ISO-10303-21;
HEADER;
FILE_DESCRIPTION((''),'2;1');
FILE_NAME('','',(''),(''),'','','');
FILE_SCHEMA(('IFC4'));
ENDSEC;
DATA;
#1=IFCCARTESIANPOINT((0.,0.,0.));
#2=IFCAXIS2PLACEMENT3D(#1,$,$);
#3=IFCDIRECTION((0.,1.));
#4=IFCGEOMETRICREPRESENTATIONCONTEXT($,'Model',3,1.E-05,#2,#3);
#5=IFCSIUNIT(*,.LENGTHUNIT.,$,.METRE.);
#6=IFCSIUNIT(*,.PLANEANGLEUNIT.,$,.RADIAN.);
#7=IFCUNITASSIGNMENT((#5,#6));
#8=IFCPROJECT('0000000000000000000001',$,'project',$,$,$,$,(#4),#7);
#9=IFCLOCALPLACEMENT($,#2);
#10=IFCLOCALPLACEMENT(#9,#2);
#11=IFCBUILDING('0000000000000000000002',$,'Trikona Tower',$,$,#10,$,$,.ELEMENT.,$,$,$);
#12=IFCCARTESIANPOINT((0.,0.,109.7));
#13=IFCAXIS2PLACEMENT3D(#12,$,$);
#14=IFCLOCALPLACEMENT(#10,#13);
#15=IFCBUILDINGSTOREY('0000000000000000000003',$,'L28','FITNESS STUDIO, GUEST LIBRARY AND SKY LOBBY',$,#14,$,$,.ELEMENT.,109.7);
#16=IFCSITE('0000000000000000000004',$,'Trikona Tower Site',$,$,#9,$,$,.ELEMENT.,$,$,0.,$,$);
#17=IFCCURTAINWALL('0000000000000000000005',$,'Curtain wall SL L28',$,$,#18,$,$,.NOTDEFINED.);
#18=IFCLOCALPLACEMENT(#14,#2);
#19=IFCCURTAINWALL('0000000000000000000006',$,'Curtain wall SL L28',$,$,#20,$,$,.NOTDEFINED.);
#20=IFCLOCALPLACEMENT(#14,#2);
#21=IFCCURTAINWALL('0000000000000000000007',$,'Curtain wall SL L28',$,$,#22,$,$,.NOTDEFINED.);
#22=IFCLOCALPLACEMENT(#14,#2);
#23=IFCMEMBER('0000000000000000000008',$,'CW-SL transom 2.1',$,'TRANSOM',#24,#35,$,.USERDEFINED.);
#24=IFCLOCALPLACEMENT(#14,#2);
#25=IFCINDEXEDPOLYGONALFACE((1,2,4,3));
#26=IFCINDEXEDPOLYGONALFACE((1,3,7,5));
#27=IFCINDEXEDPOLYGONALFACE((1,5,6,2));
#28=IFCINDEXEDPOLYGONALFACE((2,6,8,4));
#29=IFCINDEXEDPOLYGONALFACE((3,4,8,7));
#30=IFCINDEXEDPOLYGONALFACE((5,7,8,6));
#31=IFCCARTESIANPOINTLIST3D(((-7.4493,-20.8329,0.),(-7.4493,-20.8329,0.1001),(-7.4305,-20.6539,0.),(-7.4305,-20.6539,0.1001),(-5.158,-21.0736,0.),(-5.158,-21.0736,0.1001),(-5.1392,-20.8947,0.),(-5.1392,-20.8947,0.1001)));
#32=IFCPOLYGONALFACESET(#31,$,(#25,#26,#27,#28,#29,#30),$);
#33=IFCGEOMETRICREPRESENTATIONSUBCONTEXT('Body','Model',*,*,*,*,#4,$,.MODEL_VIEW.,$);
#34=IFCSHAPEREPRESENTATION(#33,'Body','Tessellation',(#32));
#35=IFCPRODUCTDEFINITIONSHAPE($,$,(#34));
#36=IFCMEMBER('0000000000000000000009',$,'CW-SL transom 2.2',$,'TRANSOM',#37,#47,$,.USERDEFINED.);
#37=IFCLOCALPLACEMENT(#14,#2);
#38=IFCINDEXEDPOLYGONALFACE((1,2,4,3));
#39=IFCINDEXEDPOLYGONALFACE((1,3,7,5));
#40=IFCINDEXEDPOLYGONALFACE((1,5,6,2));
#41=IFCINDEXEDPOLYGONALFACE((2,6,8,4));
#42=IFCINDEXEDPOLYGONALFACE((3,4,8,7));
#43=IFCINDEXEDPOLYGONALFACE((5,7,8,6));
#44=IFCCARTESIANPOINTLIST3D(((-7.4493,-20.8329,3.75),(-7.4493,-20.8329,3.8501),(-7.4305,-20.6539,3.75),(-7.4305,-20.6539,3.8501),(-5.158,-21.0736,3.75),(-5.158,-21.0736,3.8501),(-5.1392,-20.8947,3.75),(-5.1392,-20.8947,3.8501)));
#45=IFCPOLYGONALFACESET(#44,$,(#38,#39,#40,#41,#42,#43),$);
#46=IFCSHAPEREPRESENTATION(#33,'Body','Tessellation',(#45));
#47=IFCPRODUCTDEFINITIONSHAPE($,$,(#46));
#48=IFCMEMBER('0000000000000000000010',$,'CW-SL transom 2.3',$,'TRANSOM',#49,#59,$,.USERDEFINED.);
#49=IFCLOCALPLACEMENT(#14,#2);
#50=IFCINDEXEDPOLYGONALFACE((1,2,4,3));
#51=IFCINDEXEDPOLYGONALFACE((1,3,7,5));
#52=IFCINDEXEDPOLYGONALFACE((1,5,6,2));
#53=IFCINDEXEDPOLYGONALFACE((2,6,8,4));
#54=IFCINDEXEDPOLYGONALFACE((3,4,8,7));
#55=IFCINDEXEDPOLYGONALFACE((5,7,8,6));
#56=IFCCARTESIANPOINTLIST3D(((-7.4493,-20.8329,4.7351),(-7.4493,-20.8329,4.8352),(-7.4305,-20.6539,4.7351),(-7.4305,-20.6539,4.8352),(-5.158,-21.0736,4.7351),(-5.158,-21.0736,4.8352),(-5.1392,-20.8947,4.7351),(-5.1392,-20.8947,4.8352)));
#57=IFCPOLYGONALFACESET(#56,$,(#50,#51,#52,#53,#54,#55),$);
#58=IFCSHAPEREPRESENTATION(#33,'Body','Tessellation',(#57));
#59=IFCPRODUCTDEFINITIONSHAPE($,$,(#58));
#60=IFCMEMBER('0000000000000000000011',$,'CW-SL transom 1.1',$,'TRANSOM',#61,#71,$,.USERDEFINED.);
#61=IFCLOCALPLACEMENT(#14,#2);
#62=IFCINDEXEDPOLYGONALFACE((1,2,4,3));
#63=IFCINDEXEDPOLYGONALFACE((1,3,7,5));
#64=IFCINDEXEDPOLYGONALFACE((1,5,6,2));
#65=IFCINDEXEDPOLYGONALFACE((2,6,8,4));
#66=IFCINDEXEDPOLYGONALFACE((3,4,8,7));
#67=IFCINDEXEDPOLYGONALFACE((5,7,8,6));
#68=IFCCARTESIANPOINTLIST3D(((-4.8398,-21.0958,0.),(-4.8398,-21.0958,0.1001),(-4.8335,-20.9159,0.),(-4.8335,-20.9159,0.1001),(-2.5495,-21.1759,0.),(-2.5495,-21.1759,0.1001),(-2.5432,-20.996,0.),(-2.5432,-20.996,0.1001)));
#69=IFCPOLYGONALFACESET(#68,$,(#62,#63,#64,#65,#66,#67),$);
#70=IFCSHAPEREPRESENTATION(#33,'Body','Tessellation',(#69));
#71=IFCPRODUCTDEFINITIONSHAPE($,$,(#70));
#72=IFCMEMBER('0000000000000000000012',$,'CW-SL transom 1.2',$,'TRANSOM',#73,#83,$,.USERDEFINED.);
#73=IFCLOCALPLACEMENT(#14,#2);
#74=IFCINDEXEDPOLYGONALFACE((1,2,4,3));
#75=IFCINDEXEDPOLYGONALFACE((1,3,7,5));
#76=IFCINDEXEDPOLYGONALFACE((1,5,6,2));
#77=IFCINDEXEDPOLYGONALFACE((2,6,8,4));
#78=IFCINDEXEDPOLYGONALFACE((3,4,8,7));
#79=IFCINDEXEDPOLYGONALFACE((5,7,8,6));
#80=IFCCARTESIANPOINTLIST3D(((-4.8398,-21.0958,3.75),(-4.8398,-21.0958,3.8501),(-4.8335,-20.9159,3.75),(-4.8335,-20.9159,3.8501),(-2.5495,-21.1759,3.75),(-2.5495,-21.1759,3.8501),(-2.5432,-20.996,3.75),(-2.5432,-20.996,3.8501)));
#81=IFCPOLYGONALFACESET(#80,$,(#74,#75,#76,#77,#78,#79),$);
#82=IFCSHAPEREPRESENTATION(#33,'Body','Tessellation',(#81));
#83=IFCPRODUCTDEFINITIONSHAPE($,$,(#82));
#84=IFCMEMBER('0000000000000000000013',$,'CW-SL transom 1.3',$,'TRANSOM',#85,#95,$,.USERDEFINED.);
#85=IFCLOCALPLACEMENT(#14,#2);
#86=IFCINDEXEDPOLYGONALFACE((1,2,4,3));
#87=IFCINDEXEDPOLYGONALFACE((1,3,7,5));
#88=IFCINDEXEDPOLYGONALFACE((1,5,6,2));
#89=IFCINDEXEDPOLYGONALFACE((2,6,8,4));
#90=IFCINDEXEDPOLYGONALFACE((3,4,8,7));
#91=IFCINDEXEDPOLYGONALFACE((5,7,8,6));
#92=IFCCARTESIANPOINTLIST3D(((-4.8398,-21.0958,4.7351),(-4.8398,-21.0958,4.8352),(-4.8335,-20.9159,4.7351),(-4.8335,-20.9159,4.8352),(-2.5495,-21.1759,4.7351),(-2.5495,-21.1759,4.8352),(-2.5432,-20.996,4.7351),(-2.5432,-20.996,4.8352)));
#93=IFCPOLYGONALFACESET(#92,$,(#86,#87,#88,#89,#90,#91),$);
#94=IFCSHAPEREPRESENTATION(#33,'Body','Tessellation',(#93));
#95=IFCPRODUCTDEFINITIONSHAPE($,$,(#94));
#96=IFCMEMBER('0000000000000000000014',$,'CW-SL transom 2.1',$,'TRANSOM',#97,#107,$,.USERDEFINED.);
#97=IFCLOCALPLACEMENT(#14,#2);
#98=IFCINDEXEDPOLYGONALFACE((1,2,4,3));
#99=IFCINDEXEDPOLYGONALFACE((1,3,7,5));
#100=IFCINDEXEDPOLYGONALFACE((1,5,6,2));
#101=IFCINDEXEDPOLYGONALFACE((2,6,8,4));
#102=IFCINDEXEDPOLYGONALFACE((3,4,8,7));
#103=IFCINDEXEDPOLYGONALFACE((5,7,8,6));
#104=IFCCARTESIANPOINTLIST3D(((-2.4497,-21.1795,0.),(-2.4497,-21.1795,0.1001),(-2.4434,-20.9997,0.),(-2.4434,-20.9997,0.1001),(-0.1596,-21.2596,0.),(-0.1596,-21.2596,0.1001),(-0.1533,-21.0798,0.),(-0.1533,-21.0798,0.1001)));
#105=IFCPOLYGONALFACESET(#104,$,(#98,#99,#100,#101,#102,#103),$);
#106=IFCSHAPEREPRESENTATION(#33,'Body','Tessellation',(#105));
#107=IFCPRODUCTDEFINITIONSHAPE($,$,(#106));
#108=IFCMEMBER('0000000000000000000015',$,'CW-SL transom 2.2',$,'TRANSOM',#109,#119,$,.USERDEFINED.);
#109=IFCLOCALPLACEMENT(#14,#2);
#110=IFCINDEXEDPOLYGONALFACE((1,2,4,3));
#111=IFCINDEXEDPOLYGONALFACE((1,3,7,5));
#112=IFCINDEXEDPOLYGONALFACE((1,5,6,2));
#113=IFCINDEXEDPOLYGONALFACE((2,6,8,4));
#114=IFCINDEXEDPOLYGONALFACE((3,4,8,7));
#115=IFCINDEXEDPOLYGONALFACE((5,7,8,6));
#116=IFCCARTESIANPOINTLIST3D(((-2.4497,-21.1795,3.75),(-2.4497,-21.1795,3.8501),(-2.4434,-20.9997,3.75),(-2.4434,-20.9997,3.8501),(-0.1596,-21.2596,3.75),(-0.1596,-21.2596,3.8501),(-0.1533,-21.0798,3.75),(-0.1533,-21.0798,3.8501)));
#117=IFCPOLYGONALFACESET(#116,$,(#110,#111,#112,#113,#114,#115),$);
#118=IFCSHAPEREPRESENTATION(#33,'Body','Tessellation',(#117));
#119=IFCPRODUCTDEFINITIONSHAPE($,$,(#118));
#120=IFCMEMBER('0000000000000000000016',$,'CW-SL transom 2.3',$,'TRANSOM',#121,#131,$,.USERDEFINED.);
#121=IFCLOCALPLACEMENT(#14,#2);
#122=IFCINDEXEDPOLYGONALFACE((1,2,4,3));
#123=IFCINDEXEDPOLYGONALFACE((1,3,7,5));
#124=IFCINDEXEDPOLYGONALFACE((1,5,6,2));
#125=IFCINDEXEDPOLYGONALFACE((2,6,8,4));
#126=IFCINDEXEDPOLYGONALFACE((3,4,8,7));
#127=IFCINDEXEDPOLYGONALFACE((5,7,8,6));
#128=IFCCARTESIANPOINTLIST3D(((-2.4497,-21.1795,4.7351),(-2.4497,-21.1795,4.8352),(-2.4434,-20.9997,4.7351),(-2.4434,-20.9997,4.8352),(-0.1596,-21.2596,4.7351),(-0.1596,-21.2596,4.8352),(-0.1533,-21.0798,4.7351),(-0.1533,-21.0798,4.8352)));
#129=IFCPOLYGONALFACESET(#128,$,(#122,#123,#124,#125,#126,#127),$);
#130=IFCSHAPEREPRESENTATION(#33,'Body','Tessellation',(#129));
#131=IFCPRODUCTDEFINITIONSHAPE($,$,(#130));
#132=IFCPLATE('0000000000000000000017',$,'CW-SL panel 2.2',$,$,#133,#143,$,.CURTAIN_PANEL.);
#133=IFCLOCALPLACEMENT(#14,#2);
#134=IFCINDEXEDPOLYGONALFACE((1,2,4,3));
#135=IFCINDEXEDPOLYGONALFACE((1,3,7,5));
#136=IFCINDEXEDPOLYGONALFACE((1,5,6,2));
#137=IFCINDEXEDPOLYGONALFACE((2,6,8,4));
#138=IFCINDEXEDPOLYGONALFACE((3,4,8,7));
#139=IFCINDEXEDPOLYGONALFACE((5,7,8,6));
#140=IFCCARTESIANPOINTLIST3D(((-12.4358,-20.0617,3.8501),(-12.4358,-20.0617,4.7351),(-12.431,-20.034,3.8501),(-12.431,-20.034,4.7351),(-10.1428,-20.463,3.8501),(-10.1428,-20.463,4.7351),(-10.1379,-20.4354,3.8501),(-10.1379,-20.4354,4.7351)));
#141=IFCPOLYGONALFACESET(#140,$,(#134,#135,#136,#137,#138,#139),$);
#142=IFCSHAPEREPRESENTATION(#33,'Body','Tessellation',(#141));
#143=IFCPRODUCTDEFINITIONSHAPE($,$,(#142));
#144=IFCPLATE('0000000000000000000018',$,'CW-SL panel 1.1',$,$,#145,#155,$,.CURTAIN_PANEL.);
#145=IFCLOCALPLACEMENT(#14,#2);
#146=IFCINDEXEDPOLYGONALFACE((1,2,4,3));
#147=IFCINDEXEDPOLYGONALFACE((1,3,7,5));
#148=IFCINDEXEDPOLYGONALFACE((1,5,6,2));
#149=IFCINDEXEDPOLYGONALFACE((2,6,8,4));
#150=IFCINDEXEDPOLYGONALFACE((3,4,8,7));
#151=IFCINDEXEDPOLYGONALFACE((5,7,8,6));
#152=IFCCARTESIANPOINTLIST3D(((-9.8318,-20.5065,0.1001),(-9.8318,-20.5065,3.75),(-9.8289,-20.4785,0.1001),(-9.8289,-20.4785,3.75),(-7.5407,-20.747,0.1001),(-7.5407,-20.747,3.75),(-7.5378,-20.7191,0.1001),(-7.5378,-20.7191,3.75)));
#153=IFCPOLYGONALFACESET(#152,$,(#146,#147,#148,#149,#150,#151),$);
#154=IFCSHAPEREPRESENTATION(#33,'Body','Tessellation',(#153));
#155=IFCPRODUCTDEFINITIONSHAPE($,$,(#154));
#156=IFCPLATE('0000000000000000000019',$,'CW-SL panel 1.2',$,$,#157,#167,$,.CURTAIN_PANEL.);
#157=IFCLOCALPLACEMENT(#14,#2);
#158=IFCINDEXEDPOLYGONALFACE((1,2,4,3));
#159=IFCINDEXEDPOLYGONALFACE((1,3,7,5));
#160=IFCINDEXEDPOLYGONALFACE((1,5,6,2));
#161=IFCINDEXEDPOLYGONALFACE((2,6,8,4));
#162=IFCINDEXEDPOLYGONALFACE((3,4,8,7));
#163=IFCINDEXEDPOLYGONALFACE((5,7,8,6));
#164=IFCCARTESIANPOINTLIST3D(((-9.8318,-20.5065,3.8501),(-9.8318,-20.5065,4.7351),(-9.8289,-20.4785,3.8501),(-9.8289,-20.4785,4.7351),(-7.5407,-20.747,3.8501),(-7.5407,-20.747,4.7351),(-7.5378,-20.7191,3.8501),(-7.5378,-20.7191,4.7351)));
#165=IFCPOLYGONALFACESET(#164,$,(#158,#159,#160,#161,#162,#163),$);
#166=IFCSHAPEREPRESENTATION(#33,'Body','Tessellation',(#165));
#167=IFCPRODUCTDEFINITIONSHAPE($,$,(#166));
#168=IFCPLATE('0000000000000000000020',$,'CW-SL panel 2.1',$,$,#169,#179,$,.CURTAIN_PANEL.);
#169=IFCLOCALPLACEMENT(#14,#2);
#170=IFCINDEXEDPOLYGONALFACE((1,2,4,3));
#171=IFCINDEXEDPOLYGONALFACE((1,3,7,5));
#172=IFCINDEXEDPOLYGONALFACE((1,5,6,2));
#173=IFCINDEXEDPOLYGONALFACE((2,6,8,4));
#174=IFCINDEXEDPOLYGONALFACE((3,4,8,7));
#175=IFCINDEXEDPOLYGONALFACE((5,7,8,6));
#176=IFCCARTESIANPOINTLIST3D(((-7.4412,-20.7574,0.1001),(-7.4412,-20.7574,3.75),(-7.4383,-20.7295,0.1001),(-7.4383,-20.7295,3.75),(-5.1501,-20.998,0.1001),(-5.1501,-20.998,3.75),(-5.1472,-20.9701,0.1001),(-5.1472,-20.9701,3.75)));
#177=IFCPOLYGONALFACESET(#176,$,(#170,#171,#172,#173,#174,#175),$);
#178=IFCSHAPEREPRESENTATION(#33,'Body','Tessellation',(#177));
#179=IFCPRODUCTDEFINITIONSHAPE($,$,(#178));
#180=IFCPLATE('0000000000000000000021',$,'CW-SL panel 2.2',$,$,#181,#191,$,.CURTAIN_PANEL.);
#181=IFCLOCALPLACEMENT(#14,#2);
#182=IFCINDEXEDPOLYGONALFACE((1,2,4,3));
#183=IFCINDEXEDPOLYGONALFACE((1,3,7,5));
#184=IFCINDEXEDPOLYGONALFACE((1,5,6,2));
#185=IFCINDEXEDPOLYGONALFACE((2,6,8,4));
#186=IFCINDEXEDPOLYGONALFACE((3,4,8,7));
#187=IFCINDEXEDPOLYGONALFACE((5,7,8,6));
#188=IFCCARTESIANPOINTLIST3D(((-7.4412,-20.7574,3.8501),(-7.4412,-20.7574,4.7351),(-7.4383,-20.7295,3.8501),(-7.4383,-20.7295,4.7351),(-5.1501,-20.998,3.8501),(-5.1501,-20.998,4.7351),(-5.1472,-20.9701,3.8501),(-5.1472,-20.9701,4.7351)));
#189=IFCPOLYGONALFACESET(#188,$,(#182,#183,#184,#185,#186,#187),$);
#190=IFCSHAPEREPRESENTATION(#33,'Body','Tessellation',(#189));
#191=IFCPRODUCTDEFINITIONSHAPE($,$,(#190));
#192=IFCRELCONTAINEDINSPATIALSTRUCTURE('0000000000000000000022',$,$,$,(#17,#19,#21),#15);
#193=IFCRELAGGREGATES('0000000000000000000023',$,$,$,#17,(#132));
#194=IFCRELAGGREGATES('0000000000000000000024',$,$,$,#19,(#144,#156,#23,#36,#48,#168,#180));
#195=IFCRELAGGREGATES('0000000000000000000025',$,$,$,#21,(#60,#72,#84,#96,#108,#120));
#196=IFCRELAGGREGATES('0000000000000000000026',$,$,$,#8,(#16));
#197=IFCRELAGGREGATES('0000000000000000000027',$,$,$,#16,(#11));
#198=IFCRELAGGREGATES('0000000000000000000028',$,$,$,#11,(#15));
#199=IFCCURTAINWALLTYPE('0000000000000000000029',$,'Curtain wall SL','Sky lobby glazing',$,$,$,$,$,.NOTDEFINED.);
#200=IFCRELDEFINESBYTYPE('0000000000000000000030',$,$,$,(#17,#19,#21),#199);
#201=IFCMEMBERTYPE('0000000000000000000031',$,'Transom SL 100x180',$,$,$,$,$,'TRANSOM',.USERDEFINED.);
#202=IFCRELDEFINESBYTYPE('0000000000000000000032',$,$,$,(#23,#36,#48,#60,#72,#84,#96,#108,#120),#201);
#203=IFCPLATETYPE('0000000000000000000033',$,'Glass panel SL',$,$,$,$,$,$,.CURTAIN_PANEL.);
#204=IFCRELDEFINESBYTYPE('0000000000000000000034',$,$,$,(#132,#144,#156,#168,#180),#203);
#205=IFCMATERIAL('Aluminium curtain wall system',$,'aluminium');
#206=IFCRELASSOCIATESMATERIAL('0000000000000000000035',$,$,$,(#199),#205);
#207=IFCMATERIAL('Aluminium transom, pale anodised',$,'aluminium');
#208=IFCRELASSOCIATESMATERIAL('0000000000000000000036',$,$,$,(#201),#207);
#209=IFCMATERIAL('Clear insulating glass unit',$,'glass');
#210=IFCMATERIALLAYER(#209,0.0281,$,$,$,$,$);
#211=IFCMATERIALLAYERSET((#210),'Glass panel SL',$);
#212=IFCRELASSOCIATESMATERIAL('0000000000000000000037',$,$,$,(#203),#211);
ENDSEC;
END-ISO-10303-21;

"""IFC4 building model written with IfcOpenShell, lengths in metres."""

from ifc_helpers import new_model, si_unit, direction, frame, origin, origin_2d, place, context, subcontext, project, spatial, rectangle, extrude, material, layer, layer_set, material_profile, profile_set, type_object, element, aggregate, save


model = new_model("IFC4")

# Units and contexts
model_context = context("Model", 3, precision=1e-05, world=origin(), true_north=direction((0.0, 1.0)))
body_context = subcontext(model_context, "Body", "Model", "MODEL_VIEW")
ifc_project = project(units=[si_unit("LENGTHUNIT", "METRE"), si_unit("PLANEANGLEUNIT", "RADIAN")], contexts=[model_context])

# Site, building, storey
site_placement = place(None, origin())
site = spatial("IfcSite", under=ifc_project, at=site_placement, Name="Trikona Tower Site", CompositionType="ELEMENT", RefElevation=0.0)
building_placement = place(site_placement, origin())
building = spatial("IfcBuilding", under=site, at=building_placement, Name="Trikona Tower", CompositionType="ELEMENT")
storey_placement = place(building_placement, frame((0.0, 0.0, 109.7)))
storey = spatial("IfcBuildingStorey", under=building, at=storey_placement, Name="L28", Description="FITNESS STUDIO, GUEST LIBRARY AND SKY LOBBY", CompositionType="ELEMENT", Elevation=109.7)

# Curtain wall
ifc_material_1 = material(Name="Aluminium curtain wall system", Category="aluminium")
curtain_wall_type = type_object("IfcCurtainWallType", Name="Curtain wall SL", Description="Sky lobby glazing", PredefinedType="NOTDEFINED", material=ifc_material_1)
curtain_wall_1_placement = place(storey_placement, origin())
curtain_wall_1 = element("IfcCurtainWall", 1, at=curtain_wall_1_placement, inside=storey, type_object=curtain_wall_type, Name="Curtain wall SL L28", PredefinedType="NOTDEFINED")

# Curtain walls
curtain_wall_2_placement = place(storey_placement, origin())
curtain_wall_2 = element("IfcCurtainWall", 2, at=curtain_wall_2_placement, inside=storey, type_object=curtain_wall_type, Name="Curtain wall SL L28", PredefinedType="NOTDEFINED")
curtain_wall_3_placement = place(storey_placement, origin())
curtain_wall_3 = element("IfcCurtainWall", 3, at=curtain_wall_3_placement, inside=storey, type_object=curtain_wall_type, Name="Curtain wall SL L28", PredefinedType="NOTDEFINED")

# Members
ifc_material_2 = material(Name="Aluminium transom, pale anodised", Category="aluminium")
ifc_material_profile_1 = material_profile(ifc_material_2, rectangle(XDim=0.1799, YDim=0.1001, at=origin_2d()), Name="TRN-SL")
ifc_profile_set_1 = profile_set([ifc_material_profile_1], Name="Aluminium transom, pale anodised")
member_type_1 = type_object("IfcMemberType", Name="Transom SL 100x180", ElementType="TRANSOM", PredefinedType="USERDEFINED", material=ifc_profile_set_1)
member_1_placement = place(storey_placement, frame((-7.4399, -20.7434, 0.05), z_axis=(0.994526, -0.104486, 0.0), x_axis=(0.104486, 0.994526, 0.0)))
member_1 = element("IfcMember", 4, at=member_1_placement, type_object=member_type_1, Name="CW-SL transom 2.1", ObjectType="TRANSOM", PredefinedType="USERDEFINED", context=body_context, shape_type="SweptSolid", body=[
    extrude(rectangle(XDim=0.1799, YDim=0.1001, at=origin_2d()), origin(), (0.0, 0.0, 1.0), 2.304),
])
member_2_placement = place(storey_placement, frame((-7.4399, -20.7434, 3.8), z_axis=(0.994526, -0.104486, 0.0), x_axis=(0.104486, 0.994526, 0.0)))
member_2 = element("IfcMember", 5, at=member_2_placement, type_object=member_type_1, Name="CW-SL transom 2.2", ObjectType="TRANSOM", PredefinedType="USERDEFINED", context=body_context, shape_type="SweptSolid", body=[
    extrude(rectangle(XDim=0.1799, YDim=0.1001, at=origin_2d()), origin(), (0.0, 0.0, 1.0), 2.304),
])
member_3_placement = place(storey_placement, frame((-7.4399, -20.7434, 4.7852), z_axis=(0.994526, -0.104486, 0.0), x_axis=(0.104486, 0.994526, 0.0)))
member_3 = element("IfcMember", 6, at=member_3_placement, type_object=member_type_1, Name="CW-SL transom 2.3", ObjectType="TRANSOM", PredefinedType="USERDEFINED", context=body_context, shape_type="SweptSolid", body=[
    extrude(rectangle(XDim=0.1799, YDim=0.1001, at=origin_2d()), origin(), (0.0, 0.0, 1.0), 2.304),
])
member_4_placement = place(storey_placement, frame((-4.8367, -21.0059, 0.05), z_axis=(0.999389, -0.034943, 0.0), x_axis=(0.034943, 0.999389, 0.0)))
member_4 = element("IfcMember", 7, at=member_4_placement, type_object=member_type_1, Name="CW-SL transom 1.1", ObjectType="TRANSOM", PredefinedType="USERDEFINED", context=body_context, shape_type="SweptSolid", body=[
    extrude(rectangle(XDim=0.1799, YDim=0.1001, at=origin_2d()), origin(), (0.0, 0.0, 1.0), 2.2917),
])
member_5_placement = place(storey_placement, frame((-4.8367, -21.0059, 3.8), z_axis=(0.999389, -0.034943, 0.0), x_axis=(0.034943, 0.999389, 0.0)))
member_5 = element("IfcMember", 8, at=member_5_placement, type_object=member_type_1, Name="CW-SL transom 1.2", ObjectType="TRANSOM", PredefinedType="USERDEFINED", context=body_context, shape_type="SweptSolid", body=[
    extrude(rectangle(XDim=0.1799, YDim=0.1001, at=origin_2d()), origin(), (0.0, 0.0, 1.0), 2.2917),
])
member_6_placement = place(storey_placement, frame((-4.8367, -21.0059, 4.7852), z_axis=(0.999389, -0.034943, 0.0), x_axis=(0.034943, 0.999389, 0.0)))
member_6 = element("IfcMember", 9, at=member_6_placement, type_object=member_type_1, Name="CW-SL transom 1.3", ObjectType="TRANSOM", PredefinedType="USERDEFINED", context=body_context, shape_type="SweptSolid", body=[
    extrude(rectangle(XDim=0.1799, YDim=0.1001, at=origin_2d()), origin(), (0.0, 0.0, 1.0), 2.2917),
])
member_7_placement = place(storey_placement, frame((-2.4465, -21.0896, 0.05), z_axis=(0.999389, -0.034947, 0.0), x_axis=(0.034947, 0.999389, 0.0)))
member_7 = element("IfcMember", 10, at=member_7_placement, type_object=member_type_1, Name="CW-SL transom 2.1", ObjectType="TRANSOM", PredefinedType="USERDEFINED", context=body_context, shape_type="SweptSolid", body=[
    extrude(rectangle(XDim=0.1799, YDim=0.1001, at=origin_2d()), origin(), (0.0, 0.0, 1.0), 2.2915),
])
member_8_placement = place(storey_placement, frame((-2.4465, -21.0896, 3.8), z_axis=(0.999389, -0.034947, 0.0), x_axis=(0.034947, 0.999389, 0.0)))
member_8 = element("IfcMember", 11, at=member_8_placement, type_object=member_type_1, Name="CW-SL transom 2.2", ObjectType="TRANSOM", PredefinedType="USERDEFINED", context=body_context, shape_type="SweptSolid", body=[
    extrude(rectangle(XDim=0.1799, YDim=0.1001, at=origin_2d()), origin(), (0.0, 0.0, 1.0), 2.2915),
])
member_9_placement = place(storey_placement, frame((-2.4465, -21.0896, 4.7852), z_axis=(0.999389, -0.034947, 0.0), x_axis=(0.034947, 0.999389, 0.0)))
member_9 = element("IfcMember", 12, at=member_9_placement, type_object=member_type_1, Name="CW-SL transom 2.3", ObjectType="TRANSOM", PredefinedType="USERDEFINED", context=body_context, shape_type="SweptSolid", body=[
    extrude(rectangle(XDim=0.1799, YDim=0.1001, at=origin_2d()), origin(), (0.0, 0.0, 1.0), 2.2915),
])

# Plates
ifc_material_3 = material(Name="Clear insulating glass unit", Category="glass")
ifc_layer = layer(ifc_material_3, 0.0281)
ifc_layer_set = layer_set([ifc_layer], Name="Glass panel SL")
plate_type = type_object("IfcPlateType", Name="Glass panel SL", PredefinedType="CURTAIN_PANEL", material=ifc_layer_set)
plate_1_placement = place(storey_placement, frame((-11.2869, -20.2485, 3.8501), z_axis=(0.0, 0.0, 1.0), x_axis=(0.985028, -0.172397, 0.0)))
plate_1 = element("IfcPlate", 13, at=plate_1_placement, type_object=plate_type, Name="CW-SL panel 2.2", PredefinedType="CURTAIN_PANEL", context=body_context, shape_type="SweptSolid", body=[
    extrude(rectangle(XDim=2.3279, YDim=0.0281, at=origin_2d()), origin(), (0.0, 0.0, 1.0), 0.885),
])
aggregate(curtain_wall_1, [plate_1])
plate_2_placement = place(storey_placement, frame((-8.6848, -20.6128, 0.1001), z_axis=(0.0, 0.0, 1.0), x_axis=(0.994532, -0.104431, 0.0)))
plate_2 = element("IfcPlate", 14, at=plate_2_placement, type_object=plate_type, Name="CW-SL panel 1.1", PredefinedType="CURTAIN_PANEL", context=body_context, shape_type="SweptSolid", body=[
    extrude(rectangle(XDim=2.3037, YDim=0.0281, at=origin_2d()), origin(), (0.0, 0.0, 1.0), 3.6499),
])
plate_3_placement = place(storey_placement, frame((-8.6848, -20.6128, 3.8501), z_axis=(0.0, 0.0, 1.0), x_axis=(0.994532, -0.104431, 0.0)))
plate_3 = element("IfcPlate", 15, at=plate_3_placement, type_object=plate_type, Name="CW-SL panel 1.2", PredefinedType="CURTAIN_PANEL", context=body_context, shape_type="SweptSolid", body=[
    extrude(rectangle(XDim=2.3037, YDim=0.0281, at=origin_2d()), origin(), (0.0, 0.0, 1.0), 0.885),
])
plate_4_placement = place(storey_placement, frame((-6.2942, -20.8638, 0.1001), z_axis=(0.0, 0.0, 1.0), x_axis=(0.994532, -0.104431, 0.0)))
plate_4 = element("IfcPlate", 16, at=plate_4_placement, type_object=plate_type, Name="CW-SL panel 2.1", PredefinedType="CURTAIN_PANEL", context=body_context, shape_type="SweptSolid", body=[
    extrude(rectangle(XDim=2.3037, YDim=0.0281, at=origin_2d()), origin(), (0.0, 0.0, 1.0), 3.6499),
])
plate_5_placement = place(storey_placement, frame((-6.2942, -20.8638, 3.8501), z_axis=(0.0, 0.0, 1.0), x_axis=(0.994532, -0.104431, 0.0)))
plate_5 = element("IfcPlate", 17, at=plate_5_placement, type_object=plate_type, Name="CW-SL panel 2.2", PredefinedType="CURTAIN_PANEL", context=body_context, shape_type="SweptSolid", body=[
    extrude(rectangle(XDim=2.3037, YDim=0.0281, at=origin_2d()), origin(), (0.0, 0.0, 1.0), 0.885),
])
aggregate(curtain_wall_2, [plate_2, plate_3, member_1, member_2, member_3, plate_4, plate_5])
aggregate(curtain_wall_3, [member_4, member_5, member_6, member_7, member_8, member_9])

save(model, "model.ifc")
